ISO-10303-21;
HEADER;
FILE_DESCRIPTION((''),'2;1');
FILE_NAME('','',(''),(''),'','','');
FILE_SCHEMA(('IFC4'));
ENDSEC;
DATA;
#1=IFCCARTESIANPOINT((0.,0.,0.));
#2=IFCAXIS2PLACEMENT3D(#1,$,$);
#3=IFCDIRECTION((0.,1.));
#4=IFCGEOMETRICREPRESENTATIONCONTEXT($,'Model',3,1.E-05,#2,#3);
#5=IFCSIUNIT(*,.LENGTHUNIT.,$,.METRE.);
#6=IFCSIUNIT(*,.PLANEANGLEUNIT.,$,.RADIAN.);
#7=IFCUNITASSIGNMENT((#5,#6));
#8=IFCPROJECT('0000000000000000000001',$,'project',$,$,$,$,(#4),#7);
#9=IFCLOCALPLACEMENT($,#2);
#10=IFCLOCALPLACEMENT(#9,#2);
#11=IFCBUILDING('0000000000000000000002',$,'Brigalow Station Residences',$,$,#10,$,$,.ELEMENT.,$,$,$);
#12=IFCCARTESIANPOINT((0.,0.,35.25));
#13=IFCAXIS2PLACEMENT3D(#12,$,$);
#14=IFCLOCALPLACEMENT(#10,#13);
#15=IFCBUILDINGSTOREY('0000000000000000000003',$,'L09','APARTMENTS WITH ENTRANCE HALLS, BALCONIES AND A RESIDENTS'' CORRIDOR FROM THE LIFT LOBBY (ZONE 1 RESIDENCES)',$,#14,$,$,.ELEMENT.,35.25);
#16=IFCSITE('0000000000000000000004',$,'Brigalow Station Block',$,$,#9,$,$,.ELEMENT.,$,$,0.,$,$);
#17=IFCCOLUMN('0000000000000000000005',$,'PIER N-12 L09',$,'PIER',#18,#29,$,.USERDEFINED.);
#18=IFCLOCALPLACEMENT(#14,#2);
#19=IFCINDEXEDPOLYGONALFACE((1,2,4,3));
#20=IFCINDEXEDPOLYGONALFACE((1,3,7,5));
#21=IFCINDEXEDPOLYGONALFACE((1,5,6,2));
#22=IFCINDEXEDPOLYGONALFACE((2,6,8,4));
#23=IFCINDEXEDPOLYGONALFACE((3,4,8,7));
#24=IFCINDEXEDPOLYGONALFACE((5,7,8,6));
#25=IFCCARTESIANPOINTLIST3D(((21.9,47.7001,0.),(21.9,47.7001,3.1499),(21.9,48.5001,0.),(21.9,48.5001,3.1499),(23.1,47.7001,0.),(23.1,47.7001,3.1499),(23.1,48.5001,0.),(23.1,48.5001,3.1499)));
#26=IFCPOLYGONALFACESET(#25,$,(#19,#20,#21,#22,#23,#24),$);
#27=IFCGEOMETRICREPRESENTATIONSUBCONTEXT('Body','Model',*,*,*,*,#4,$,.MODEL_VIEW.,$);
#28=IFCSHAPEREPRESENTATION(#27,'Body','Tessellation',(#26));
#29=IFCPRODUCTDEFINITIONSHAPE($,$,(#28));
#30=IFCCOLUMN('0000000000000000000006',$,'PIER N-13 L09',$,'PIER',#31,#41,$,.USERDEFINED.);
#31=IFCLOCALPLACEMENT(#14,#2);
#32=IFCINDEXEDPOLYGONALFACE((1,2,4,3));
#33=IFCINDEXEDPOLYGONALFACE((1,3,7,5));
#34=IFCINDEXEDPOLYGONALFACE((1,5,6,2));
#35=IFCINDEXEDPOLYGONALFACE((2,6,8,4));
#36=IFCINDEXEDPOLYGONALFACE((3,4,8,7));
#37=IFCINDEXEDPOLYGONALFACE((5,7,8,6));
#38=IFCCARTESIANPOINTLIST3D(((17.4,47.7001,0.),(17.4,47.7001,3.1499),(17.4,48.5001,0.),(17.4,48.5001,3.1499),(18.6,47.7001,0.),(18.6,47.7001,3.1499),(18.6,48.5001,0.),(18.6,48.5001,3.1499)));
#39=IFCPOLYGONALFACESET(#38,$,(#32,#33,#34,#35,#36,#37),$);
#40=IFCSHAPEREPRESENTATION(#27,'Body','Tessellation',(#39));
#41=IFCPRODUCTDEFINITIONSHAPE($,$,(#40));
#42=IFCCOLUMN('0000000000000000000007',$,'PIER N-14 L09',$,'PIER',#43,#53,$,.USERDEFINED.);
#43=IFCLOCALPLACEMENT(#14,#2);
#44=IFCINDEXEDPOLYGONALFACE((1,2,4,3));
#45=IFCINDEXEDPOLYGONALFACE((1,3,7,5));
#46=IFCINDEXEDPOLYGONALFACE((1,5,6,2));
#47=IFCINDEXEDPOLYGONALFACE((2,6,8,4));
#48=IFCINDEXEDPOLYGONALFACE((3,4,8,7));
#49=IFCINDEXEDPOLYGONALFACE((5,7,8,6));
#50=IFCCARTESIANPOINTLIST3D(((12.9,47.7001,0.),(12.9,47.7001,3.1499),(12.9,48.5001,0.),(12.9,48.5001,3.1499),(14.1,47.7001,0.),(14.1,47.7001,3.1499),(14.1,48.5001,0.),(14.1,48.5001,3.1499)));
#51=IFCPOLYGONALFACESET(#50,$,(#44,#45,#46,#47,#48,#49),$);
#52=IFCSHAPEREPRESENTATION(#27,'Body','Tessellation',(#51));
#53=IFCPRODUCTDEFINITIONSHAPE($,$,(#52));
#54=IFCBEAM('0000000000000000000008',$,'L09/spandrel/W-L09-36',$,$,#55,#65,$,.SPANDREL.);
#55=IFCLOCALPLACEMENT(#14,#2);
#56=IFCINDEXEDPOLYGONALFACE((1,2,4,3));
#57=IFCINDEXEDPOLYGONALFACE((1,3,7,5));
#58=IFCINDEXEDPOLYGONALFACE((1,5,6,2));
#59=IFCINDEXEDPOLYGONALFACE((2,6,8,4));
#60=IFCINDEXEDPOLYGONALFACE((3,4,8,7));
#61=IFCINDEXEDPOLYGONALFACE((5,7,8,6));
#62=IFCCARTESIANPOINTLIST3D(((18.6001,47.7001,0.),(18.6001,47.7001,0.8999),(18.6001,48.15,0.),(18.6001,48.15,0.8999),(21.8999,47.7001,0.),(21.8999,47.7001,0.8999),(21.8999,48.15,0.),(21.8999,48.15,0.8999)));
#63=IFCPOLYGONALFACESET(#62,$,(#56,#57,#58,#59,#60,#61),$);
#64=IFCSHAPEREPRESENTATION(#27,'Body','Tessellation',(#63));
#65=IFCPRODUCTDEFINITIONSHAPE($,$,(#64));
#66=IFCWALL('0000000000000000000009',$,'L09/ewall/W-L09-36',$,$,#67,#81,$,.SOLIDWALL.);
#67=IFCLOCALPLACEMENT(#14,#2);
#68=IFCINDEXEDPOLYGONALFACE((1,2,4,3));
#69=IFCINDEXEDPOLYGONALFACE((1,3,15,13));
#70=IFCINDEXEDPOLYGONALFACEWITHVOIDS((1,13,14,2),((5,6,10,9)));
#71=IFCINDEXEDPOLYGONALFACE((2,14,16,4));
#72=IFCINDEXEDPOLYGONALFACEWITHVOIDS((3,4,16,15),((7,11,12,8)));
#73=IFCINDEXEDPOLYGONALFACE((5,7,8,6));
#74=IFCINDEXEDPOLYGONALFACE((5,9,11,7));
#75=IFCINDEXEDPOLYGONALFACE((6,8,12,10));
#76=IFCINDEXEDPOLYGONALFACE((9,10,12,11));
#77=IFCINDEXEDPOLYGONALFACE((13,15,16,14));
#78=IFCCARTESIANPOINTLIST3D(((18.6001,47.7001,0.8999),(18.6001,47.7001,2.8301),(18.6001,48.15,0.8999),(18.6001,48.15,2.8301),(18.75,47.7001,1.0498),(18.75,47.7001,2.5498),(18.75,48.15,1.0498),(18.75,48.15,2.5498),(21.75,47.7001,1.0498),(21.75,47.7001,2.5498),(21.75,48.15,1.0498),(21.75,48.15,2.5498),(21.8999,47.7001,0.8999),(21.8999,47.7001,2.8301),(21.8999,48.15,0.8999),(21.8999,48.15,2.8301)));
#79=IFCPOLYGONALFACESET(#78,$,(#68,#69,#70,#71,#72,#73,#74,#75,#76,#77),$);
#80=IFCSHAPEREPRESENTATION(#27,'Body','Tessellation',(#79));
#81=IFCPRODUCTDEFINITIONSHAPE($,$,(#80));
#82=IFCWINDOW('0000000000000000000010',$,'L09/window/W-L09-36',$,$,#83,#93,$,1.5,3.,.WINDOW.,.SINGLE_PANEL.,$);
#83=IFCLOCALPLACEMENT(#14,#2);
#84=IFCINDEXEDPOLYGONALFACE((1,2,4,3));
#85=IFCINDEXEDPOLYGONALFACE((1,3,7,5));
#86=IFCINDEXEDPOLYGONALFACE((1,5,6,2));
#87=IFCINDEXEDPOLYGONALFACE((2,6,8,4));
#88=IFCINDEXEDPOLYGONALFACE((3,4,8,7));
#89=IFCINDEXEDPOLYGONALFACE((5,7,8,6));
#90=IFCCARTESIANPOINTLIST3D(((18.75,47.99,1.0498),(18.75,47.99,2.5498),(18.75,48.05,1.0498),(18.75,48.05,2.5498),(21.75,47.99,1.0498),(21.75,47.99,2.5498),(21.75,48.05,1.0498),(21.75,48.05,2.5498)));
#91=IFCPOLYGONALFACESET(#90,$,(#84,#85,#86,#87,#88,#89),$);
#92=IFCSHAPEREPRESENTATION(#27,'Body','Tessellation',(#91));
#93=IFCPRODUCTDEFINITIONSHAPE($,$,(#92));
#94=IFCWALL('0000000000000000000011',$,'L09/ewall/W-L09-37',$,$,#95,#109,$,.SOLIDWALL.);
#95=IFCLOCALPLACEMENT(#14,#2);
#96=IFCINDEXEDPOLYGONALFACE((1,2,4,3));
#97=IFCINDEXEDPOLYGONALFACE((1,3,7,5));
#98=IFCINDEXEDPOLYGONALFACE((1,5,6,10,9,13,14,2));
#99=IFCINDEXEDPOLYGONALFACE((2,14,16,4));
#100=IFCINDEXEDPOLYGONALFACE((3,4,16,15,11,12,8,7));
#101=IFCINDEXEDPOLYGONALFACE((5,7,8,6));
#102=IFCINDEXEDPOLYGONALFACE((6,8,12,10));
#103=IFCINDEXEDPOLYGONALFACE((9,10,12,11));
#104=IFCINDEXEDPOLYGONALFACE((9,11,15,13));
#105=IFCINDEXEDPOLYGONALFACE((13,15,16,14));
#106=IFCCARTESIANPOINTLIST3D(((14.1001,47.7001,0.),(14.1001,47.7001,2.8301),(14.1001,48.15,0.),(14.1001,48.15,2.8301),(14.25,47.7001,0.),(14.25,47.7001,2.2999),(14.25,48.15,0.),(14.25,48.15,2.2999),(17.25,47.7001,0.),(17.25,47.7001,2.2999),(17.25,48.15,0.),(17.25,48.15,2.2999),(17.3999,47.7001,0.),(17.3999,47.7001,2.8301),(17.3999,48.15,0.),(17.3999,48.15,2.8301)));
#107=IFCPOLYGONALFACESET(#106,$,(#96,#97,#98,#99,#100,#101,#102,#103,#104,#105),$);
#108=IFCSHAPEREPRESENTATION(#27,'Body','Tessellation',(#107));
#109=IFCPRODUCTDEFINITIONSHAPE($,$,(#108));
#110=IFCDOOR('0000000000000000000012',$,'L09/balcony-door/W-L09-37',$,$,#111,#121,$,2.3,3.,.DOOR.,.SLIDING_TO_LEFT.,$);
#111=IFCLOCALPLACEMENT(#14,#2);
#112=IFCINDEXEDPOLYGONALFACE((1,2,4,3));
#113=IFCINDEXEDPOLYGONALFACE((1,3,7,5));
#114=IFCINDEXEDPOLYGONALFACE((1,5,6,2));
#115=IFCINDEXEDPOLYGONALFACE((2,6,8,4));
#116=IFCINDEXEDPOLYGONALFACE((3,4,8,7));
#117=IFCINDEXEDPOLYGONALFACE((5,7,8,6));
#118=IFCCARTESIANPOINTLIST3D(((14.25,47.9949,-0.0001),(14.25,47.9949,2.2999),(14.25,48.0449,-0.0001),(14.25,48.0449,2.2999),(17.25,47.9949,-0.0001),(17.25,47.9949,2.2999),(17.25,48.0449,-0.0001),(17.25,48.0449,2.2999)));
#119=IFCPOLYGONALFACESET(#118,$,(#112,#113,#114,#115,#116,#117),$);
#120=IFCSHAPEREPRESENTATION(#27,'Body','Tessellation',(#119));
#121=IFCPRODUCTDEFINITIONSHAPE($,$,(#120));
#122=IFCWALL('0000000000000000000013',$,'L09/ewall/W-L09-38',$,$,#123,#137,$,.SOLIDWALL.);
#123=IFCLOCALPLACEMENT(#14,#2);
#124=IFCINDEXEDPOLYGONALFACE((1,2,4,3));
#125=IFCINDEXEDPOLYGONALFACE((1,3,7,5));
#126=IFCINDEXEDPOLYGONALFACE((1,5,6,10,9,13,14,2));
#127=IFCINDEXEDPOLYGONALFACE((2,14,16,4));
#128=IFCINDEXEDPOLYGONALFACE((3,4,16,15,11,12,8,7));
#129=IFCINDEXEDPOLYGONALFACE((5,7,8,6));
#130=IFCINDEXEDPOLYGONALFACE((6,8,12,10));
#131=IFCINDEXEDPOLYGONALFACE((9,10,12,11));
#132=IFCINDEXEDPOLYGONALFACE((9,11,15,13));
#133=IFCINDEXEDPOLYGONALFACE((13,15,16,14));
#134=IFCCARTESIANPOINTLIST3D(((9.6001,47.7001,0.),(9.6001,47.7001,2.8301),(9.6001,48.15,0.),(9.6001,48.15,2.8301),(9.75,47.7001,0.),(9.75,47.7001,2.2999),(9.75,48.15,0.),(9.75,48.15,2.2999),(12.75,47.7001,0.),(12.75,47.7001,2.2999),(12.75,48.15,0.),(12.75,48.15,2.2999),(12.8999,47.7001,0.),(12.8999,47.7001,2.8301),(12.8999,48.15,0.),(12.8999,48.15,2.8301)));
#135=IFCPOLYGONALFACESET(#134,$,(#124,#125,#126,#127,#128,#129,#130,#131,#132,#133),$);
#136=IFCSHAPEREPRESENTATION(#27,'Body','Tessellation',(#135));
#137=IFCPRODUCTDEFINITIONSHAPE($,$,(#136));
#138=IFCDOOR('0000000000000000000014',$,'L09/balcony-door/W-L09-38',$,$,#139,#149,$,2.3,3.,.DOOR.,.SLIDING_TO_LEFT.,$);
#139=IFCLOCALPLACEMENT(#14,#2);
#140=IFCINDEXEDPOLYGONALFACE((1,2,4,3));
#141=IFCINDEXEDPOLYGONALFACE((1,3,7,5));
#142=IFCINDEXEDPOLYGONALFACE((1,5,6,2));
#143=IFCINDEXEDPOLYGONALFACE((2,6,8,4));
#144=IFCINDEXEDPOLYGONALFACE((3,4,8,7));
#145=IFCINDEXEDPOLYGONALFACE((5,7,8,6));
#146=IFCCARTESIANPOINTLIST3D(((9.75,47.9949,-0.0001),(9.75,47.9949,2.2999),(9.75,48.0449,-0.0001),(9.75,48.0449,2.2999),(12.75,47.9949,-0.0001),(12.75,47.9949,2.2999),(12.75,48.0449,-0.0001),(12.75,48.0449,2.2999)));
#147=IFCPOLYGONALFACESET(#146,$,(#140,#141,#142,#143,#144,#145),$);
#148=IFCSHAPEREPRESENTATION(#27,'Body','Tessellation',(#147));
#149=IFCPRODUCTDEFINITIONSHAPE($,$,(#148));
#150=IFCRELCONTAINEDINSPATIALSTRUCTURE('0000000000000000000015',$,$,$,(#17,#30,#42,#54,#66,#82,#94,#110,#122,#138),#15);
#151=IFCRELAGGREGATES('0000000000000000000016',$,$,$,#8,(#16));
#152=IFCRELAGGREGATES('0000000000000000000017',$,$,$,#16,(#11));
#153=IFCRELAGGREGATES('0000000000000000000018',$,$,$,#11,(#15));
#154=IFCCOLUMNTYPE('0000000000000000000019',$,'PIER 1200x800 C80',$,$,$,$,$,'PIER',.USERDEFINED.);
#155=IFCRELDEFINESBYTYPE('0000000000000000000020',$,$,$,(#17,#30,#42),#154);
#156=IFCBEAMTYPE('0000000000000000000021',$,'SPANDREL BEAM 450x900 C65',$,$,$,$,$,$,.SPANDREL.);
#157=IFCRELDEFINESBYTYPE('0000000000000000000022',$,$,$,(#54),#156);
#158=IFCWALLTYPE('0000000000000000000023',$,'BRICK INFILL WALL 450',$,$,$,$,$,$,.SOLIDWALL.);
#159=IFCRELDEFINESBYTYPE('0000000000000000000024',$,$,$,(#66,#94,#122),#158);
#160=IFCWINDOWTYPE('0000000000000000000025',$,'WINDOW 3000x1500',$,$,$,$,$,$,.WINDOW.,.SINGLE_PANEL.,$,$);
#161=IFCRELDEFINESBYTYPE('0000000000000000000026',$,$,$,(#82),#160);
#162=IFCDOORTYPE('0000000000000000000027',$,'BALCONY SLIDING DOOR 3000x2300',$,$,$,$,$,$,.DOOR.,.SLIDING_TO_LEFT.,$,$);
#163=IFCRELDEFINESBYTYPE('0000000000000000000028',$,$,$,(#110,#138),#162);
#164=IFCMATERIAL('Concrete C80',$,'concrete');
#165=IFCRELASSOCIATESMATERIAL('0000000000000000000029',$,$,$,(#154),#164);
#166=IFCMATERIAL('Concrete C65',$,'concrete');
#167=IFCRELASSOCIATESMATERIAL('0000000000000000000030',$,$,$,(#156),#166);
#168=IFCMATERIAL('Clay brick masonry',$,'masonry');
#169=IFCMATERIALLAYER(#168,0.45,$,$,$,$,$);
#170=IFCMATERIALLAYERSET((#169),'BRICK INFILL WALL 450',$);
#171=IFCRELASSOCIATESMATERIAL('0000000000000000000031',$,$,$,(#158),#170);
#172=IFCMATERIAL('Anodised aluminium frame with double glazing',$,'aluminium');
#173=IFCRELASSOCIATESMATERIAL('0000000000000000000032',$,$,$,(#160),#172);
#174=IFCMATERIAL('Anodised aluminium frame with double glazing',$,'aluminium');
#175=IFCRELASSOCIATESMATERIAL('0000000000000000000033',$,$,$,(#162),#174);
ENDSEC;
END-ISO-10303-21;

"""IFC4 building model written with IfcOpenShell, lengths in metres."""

from ifc_helpers import new_model, si_unit, direction, frame, frame_2d, origin, origin_2d, place, context, subcontext, project, spatial, rectangle, extrude, material, layer, layer_set, material_profile, profile_set, type_object, element, fill, save


model = new_model("IFC4")

# Units and contexts
model_context = context("Model", 3, precision=1e-05, world=origin(), true_north=direction((0.0, 1.0)))
body_context = subcontext(model_context, "Body", "Model", "MODEL_VIEW")
ifc_project = project(units=[si_unit("LENGTHUNIT", "METRE"), si_unit("PLANEANGLEUNIT", "RADIAN")], contexts=[model_context])

# Site, building, storey
site_placement = place(None, origin())
site = spatial("IfcSite", under=ifc_project, at=site_placement, Name="Brigalow Station Block", CompositionType="ELEMENT", RefElevation=0.0)
building_placement = place(site_placement, origin())
building = spatial("IfcBuilding", under=site, at=building_placement, Name="Brigalow Station Residences", CompositionType="ELEMENT")
storey_placement = place(building_placement, frame((0.0, 0.0, 35.25)))
storey = spatial("IfcBuildingStorey", under=building, at=storey_placement, Name="L09", Description="APARTMENTS WITH ENTRANCE HALLS, BALCONIES AND A RESIDENTS' CORRIDOR FROM THE LIFT LOBBY (ZONE 1 RESIDENCES)", CompositionType="ELEMENT", Elevation=35.25)

# Columns
ifc_material_1 = material(Name="Concrete C80", Category="concrete")
ifc_material_profile_1 = material_profile(ifc_material_1, rectangle(XDim=1.2, YDim=0.8, at=origin_2d()), Name="RC1200x800")
ifc_profile_set_1 = profile_set([ifc_material_profile_1], Name="Concrete C80")
column_type = type_object("IfcColumnType", Name="PIER 1200x800 C80", ElementType="PIER", PredefinedType="USERDEFINED", material=ifc_profile_set_1)
for number, where, z_axis, x_axis, name in (
    (1, (22.5, 48.1001, 0.0), (0.0, 0.0, 1.0), (-1.0, 0.0, 0.0), "PIER N-12 L09"),
    (2, (18.0, 48.1001, 0.0), (0.0, 0.0, 1.0), (-1.0, 0.0, 0.0), "PIER N-13 L09"),
    (3, (13.5, 48.1001, 0.0), (0.0, 0.0, 1.0), (-1.0, 0.0, 0.0), "PIER N-14 L09"),
):
    element("IfcColumn", number, at=place(storey_placement, frame(where, z_axis=z_axis, x_axis=x_axis)), inside=storey, type_object=column_type, Name=name, ObjectType="PIER", PredefinedType="USERDEFINED", context=body_context, shape_type="SweptSolid", body=[
        extrude(rectangle(XDim=1.2, YDim=0.8, at=origin_2d()), origin(), (0.0, 0.0, 1.0), 3.1499),
    ])

# Beam
ifc_material_2 = material(Name="Concrete C65", Category="concrete")
ifc_material_profile_2 = material_profile(ifc_material_2, rectangle(XDim=0.45, YDim=0.8999, at=origin_2d()), Name="RC450x900")
ifc_profile_set_2 = profile_set([ifc_material_profile_2], Name="Concrete C65")
beam_type = type_object("IfcBeamType", Name="SPANDREL BEAM 450x900 C65", PredefinedType="SPANDREL", material=ifc_profile_set_2)
beam_placement = place(storey_placement, frame((21.8999, 47.925, 0.45), z_axis=(-1.0, 0.0, 0.0), x_axis=(0.0, -1.0, 0.0)))
element("IfcBeam", 4, at=beam_placement, inside=storey, type_object=beam_type, Name="L09/spandrel/W-L09-36", PredefinedType="SPANDREL", context=body_context, shape_type="SweptSolid", body=[
    extrude(rectangle(XDim=0.45, YDim=0.8999, at=origin_2d()), origin(), (0.0, 0.0, 1.0), 3.2998),
])

# Wall, opening, window
ifc_material_3 = material(Name="Clay brick masonry", Category="masonry")
ifc_layer_1 = layer(ifc_material_3, 0.45)
ifc_layer_set_1 = layer_set([ifc_layer_1], Name="BRICK INFILL WALL 450")
wall_type_1 = type_object("IfcWallType", Name="BRICK INFILL WALL 450", PredefinedType="SOLIDWALL", material=ifc_layer_set_1)
wall_1_placement = place(storey_placement, frame((21.8999, 47.925, 0.8999), z_axis=(0.0, 0.0, 1.0), x_axis=(-1.0, 0.0, 0.0)))
wall_1 = element("IfcWall", 5, at=wall_1_placement, inside=storey, type_object=wall_type_1, Name="L09/ewall/W-L09-36", PredefinedType="SOLIDWALL", context=body_context, shape_type="SweptSolid", body=[
    extrude(rectangle(XDim=3.2998, YDim=0.45, at=frame_2d((1.6499, 0.0))), origin(), (0.0, 0.0, 1.0), 1.9302),
])
opening_1_placement = place(wall_1_placement, frame((0.1499, 0.0, 0.1499)))
opening_1 = element("IfcOpeningElement", 6, at=opening_1_placement, cuts=wall_1, PredefinedType="OPENING", context=body_context, shape_type="SweptSolid", body=[
    extrude(rectangle(XDim=3.0, YDim=1.5, at=frame_2d((1.5, 0.75))), frame((0.0, 0.2349, 0.0), z_axis=(0.0, -1.0, 0.0), x_axis=(1.0, 0.0, 0.0)), (0.0, 0.0, 1.0), 0.47),
])
ifc_material_4 = material(Name="Anodised aluminium frame with double glazing", Category="aluminium")
window_type = type_object("IfcWindowType", Name="WINDOW 3000x1500", PartitioningType="SINGLE_PANEL", PredefinedType="WINDOW", material=ifc_material_4)
window_placement = place(opening_1_placement, origin())
window = element("IfcWindow", 7, at=window_placement, inside=storey, type_object=window_type, Name="L09/window/W-L09-36", OverallHeight=1.5, OverallWidth=3.0, PartitioningType="SINGLE_PANEL", PredefinedType="WINDOW", context=body_context, shape_type="SweptSolid", body=[
    extrude(rectangle(XDim=3.0, YDim=1.5, at=frame_2d((1.5, 0.75))), frame((0.0, -0.0649, 0.0), z_axis=(0.0, -1.0, 0.0), x_axis=(1.0, 0.0, 0.0)), (0.0, 0.0, 1.0), 0.0601),
])
fill(opening_1, window)

# Walls, openings, doors
wall_2_placement = place(storey_placement, frame((17.3999, 47.925, 0.0), z_axis=(0.0, 0.0, 1.0), x_axis=(-1.0, 0.0, 0.0)))
wall_2 = element("IfcWall", 8, at=wall_2_placement, inside=storey, type_object=wall_type_1, Name="L09/ewall/W-L09-37", PredefinedType="SOLIDWALL", context=body_context, shape_type="SweptSolid", body=[
    extrude(rectangle(XDim=3.2998, YDim=0.45, at=frame_2d((1.6499, 0.0))), origin(), (0.0, 0.0, 1.0), 2.8301),
])
opening_2_placement = place(wall_2_placement, frame((0.1499, 0.0, 0.0)))
opening_2 = element("IfcOpeningElement", 9, at=opening_2_placement, cuts=wall_2, PredefinedType="OPENING", context=body_context, shape_type="SweptSolid", body=[
    extrude(rectangle(XDim=3.0, YDim=2.3, at=frame_2d((1.5, 1.1499))), frame((0.0, 0.2349, 0.0), z_axis=(0.0, -1.0, 0.0), x_axis=(1.0, 0.0, 0.0)), (0.0, 0.0, 1.0), 0.47),
])
ifc_material_5 = material(Name="Anodised aluminium frame with double glazing", Category="aluminium")
door_type_1 = type_object("IfcDoorType", Name="BALCONY SLIDING DOOR 3000x2300", OperationType="SLIDING_TO_LEFT", PredefinedType="DOOR", material=ifc_material_5)
door_1_placement = place(opening_2_placement, origin())
door_1 = element("IfcDoor", 10, at=door_1_placement, inside=storey, type_object=door_type_1, Name="L09/balcony-door/W-L09-37", OperationType="SLIDING_TO_LEFT", OverallHeight=2.3, OverallWidth=3.0, PredefinedType="DOOR", context=body_context, shape_type="SweptSolid", body=[
    extrude(rectangle(XDim=3.0, YDim=2.3, at=frame_2d((1.5, 1.1499))), frame((0.0, -0.0698, 0.0), z_axis=(0.0, -1.0, 0.0), x_axis=(1.0, 0.0, 0.0)), (0.0, 0.0, 1.0), 0.05),
])
fill(opening_2, door_1)
wall_3_placement = place(storey_placement, frame((12.8999, 47.925, 0.0), z_axis=(0.0, 0.0, 1.0), x_axis=(-1.0, 0.0, 0.0)))
wall_3 = element("IfcWall", 11, at=wall_3_placement, inside=storey, type_object=wall_type_1, Name="L09/ewall/W-L09-38", PredefinedType="SOLIDWALL", context=body_context, shape_type="SweptSolid", body=[
    extrude(rectangle(XDim=3.2998, YDim=0.45, at=frame_2d((1.6499, 0.0))), origin(), (0.0, 0.0, 1.0), 2.8301),
])
opening_3_placement = place(wall_3_placement, frame((0.1499, 0.0, 0.0)))
opening_3 = element("IfcOpeningElement", 12, at=opening_3_placement, cuts=wall_3, PredefinedType="OPENING", context=body_context, shape_type="SweptSolid", body=[
    extrude(rectangle(XDim=3.0, YDim=2.3, at=frame_2d((1.5, 1.1499))), frame((0.0, 0.2349, 0.0), z_axis=(0.0, -1.0, 0.0), x_axis=(1.0, 0.0, 0.0)), (0.0, 0.0, 1.0), 0.47),
])
door_2_placement = place(opening_3_placement, origin())
door_2 = element("IfcDoor", 13, at=door_2_placement, inside=storey, type_object=door_type_1, Name="L09/balcony-door/W-L09-38", OperationType="SLIDING_TO_LEFT", OverallHeight=2.3, OverallWidth=3.0, PredefinedType="DOOR", context=body_context, shape_type="SweptSolid", body=[
    extrude(rectangle(XDim=3.0, YDim=2.3, at=frame_2d((1.5, 1.1499))), frame((0.0, -0.0698, 0.0), z_axis=(0.0, -1.0, 0.0), x_axis=(1.0, 0.0, 0.0)), (0.0, 0.0, 1.0), 0.05),
])
fill(opening_3, door_2)

save(model, "model.ifc")
